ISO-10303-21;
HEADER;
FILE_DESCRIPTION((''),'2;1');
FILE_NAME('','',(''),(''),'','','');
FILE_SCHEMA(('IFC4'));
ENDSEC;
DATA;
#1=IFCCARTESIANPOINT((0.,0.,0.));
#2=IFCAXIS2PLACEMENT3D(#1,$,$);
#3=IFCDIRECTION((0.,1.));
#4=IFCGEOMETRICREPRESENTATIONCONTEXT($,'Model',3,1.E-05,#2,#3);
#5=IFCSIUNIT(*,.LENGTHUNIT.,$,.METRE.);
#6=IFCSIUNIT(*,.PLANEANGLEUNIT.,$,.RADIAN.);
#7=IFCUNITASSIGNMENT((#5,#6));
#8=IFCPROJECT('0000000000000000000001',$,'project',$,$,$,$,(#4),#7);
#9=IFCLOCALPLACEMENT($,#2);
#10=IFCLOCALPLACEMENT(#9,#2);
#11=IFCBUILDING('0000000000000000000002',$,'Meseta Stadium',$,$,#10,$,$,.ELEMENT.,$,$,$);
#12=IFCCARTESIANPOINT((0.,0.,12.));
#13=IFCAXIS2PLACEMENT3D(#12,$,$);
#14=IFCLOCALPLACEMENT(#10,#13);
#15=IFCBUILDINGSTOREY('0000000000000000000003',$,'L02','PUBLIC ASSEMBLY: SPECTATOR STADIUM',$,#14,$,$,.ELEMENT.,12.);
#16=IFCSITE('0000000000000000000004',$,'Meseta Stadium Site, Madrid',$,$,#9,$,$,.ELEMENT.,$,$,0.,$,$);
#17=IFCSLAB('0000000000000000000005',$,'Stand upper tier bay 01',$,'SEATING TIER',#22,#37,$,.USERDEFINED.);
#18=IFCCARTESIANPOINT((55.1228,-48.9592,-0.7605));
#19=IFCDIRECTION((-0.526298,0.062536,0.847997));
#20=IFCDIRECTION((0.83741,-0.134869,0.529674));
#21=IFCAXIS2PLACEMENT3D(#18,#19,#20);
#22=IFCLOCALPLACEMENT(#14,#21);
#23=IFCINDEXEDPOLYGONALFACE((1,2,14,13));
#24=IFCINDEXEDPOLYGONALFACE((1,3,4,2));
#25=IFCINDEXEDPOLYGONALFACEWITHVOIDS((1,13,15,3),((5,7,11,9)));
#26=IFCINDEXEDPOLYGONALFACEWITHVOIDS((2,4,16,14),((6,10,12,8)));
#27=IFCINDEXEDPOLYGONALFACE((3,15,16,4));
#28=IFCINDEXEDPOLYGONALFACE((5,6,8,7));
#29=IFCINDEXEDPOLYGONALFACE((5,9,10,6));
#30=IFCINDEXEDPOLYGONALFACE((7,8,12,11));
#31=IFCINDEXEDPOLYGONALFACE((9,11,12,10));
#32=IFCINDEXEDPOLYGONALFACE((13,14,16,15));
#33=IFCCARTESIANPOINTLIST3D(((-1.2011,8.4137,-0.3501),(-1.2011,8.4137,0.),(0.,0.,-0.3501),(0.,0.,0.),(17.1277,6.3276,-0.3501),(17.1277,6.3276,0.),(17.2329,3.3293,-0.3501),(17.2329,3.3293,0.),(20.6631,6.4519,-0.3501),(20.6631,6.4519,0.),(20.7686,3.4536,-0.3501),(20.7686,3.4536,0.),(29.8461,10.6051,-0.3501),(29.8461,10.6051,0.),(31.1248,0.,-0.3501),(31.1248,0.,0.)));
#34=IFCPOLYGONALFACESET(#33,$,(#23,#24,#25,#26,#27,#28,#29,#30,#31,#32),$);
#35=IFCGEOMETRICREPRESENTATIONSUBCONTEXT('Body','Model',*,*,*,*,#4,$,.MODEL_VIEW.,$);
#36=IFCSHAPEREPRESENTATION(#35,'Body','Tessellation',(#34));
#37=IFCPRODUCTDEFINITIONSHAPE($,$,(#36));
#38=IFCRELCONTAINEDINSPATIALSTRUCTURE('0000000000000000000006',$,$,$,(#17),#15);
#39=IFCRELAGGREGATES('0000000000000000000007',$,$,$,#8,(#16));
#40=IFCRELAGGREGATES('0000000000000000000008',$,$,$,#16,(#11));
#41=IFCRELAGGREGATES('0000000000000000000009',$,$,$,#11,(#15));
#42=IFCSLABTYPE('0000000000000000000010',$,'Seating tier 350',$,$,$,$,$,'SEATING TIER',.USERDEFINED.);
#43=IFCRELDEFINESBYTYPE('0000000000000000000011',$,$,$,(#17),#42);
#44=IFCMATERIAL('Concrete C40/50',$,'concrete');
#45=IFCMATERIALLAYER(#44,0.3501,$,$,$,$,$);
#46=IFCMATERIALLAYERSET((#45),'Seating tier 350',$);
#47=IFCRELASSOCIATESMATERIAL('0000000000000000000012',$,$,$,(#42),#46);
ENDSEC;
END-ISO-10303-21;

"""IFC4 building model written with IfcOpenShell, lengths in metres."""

from ifc_helpers import new_model, si_unit, direction, frame, origin, place, context, subcontext, project, spatial, polyline, outline, extrude, material, layer, layer_set, type_object, element, save


model = new_model("IFC4")

# Units and contexts
model_context = context("Model", 3, precision=1e-05, world=origin(), true_north=direction((0.0, 1.0)))
body_context = subcontext(model_context, "Body", "Model", "MODEL_VIEW")
ifc_project = project(units=[si_unit("LENGTHUNIT", "METRE"), si_unit("PLANEANGLEUNIT", "RADIAN")], contexts=[model_context])

# Site, building, storey
site_placement = place(None, origin())
site = spatial("IfcSite", under=ifc_project, at=site_placement, Name="Meseta Stadium Site, Madrid", CompositionType="ELEMENT", RefElevation=0.0)
building_placement = place(site_placement, origin())
building = spatial("IfcBuilding", under=site, at=building_placement, Name="Meseta Stadium", CompositionType="ELEMENT")
storey_placement = place(building_placement, frame((0.0, 0.0, 12.0)))
storey = spatial("IfcBuildingStorey", under=building, at=storey_placement, Name="L02", Description="PUBLIC ASSEMBLY: SPECTATOR STADIUM", CompositionType="ELEMENT", Elevation=12.0)

# Slab
ifc_material_1 = material(Name="Concrete C40/50", Category="concrete")
ifc_layer_1 = layer(ifc_material_1, 0.3501)
ifc_layer_set_1 = layer_set([ifc_layer_1], Name="Seating tier 350")
slab_type_1 = type_object("IfcSlabType", Name="Seating tier 350", ElementType="SEATING TIER", PredefinedType="USERDEFINED", material=ifc_layer_set_1)
slab_1_placement = place(storey_placement, frame((55.1228, -48.9592, -0.7605), z_axis=(-0.526298, 0.062536, 0.847997), x_axis=(0.83741, -0.134869, 0.529674)))
element("IfcSlab", 1, at=slab_1_placement, inside=storey, type_object=slab_type_1, Name="Stand upper tier bay 01", ObjectType="SEATING TIER", PredefinedType="USERDEFINED", context=body_context, shape_type="SweptSolid", body=[
    extrude(outline(polyline([(0.0, 0.0), (31.1248, 0.0), (29.8461, 10.6051), (-1.2011, 8.4137), (0.0, 0.0)]), holes=[polyline([(17.2329, 3.3293), (20.7686, 3.4536), (20.6631, 6.4519), (17.1277, 6.3276), (17.2329, 3.3293)])]), origin(), (0.0, 0.0, -1.0), 0.3501),
])

save(model, "model.ifc")
